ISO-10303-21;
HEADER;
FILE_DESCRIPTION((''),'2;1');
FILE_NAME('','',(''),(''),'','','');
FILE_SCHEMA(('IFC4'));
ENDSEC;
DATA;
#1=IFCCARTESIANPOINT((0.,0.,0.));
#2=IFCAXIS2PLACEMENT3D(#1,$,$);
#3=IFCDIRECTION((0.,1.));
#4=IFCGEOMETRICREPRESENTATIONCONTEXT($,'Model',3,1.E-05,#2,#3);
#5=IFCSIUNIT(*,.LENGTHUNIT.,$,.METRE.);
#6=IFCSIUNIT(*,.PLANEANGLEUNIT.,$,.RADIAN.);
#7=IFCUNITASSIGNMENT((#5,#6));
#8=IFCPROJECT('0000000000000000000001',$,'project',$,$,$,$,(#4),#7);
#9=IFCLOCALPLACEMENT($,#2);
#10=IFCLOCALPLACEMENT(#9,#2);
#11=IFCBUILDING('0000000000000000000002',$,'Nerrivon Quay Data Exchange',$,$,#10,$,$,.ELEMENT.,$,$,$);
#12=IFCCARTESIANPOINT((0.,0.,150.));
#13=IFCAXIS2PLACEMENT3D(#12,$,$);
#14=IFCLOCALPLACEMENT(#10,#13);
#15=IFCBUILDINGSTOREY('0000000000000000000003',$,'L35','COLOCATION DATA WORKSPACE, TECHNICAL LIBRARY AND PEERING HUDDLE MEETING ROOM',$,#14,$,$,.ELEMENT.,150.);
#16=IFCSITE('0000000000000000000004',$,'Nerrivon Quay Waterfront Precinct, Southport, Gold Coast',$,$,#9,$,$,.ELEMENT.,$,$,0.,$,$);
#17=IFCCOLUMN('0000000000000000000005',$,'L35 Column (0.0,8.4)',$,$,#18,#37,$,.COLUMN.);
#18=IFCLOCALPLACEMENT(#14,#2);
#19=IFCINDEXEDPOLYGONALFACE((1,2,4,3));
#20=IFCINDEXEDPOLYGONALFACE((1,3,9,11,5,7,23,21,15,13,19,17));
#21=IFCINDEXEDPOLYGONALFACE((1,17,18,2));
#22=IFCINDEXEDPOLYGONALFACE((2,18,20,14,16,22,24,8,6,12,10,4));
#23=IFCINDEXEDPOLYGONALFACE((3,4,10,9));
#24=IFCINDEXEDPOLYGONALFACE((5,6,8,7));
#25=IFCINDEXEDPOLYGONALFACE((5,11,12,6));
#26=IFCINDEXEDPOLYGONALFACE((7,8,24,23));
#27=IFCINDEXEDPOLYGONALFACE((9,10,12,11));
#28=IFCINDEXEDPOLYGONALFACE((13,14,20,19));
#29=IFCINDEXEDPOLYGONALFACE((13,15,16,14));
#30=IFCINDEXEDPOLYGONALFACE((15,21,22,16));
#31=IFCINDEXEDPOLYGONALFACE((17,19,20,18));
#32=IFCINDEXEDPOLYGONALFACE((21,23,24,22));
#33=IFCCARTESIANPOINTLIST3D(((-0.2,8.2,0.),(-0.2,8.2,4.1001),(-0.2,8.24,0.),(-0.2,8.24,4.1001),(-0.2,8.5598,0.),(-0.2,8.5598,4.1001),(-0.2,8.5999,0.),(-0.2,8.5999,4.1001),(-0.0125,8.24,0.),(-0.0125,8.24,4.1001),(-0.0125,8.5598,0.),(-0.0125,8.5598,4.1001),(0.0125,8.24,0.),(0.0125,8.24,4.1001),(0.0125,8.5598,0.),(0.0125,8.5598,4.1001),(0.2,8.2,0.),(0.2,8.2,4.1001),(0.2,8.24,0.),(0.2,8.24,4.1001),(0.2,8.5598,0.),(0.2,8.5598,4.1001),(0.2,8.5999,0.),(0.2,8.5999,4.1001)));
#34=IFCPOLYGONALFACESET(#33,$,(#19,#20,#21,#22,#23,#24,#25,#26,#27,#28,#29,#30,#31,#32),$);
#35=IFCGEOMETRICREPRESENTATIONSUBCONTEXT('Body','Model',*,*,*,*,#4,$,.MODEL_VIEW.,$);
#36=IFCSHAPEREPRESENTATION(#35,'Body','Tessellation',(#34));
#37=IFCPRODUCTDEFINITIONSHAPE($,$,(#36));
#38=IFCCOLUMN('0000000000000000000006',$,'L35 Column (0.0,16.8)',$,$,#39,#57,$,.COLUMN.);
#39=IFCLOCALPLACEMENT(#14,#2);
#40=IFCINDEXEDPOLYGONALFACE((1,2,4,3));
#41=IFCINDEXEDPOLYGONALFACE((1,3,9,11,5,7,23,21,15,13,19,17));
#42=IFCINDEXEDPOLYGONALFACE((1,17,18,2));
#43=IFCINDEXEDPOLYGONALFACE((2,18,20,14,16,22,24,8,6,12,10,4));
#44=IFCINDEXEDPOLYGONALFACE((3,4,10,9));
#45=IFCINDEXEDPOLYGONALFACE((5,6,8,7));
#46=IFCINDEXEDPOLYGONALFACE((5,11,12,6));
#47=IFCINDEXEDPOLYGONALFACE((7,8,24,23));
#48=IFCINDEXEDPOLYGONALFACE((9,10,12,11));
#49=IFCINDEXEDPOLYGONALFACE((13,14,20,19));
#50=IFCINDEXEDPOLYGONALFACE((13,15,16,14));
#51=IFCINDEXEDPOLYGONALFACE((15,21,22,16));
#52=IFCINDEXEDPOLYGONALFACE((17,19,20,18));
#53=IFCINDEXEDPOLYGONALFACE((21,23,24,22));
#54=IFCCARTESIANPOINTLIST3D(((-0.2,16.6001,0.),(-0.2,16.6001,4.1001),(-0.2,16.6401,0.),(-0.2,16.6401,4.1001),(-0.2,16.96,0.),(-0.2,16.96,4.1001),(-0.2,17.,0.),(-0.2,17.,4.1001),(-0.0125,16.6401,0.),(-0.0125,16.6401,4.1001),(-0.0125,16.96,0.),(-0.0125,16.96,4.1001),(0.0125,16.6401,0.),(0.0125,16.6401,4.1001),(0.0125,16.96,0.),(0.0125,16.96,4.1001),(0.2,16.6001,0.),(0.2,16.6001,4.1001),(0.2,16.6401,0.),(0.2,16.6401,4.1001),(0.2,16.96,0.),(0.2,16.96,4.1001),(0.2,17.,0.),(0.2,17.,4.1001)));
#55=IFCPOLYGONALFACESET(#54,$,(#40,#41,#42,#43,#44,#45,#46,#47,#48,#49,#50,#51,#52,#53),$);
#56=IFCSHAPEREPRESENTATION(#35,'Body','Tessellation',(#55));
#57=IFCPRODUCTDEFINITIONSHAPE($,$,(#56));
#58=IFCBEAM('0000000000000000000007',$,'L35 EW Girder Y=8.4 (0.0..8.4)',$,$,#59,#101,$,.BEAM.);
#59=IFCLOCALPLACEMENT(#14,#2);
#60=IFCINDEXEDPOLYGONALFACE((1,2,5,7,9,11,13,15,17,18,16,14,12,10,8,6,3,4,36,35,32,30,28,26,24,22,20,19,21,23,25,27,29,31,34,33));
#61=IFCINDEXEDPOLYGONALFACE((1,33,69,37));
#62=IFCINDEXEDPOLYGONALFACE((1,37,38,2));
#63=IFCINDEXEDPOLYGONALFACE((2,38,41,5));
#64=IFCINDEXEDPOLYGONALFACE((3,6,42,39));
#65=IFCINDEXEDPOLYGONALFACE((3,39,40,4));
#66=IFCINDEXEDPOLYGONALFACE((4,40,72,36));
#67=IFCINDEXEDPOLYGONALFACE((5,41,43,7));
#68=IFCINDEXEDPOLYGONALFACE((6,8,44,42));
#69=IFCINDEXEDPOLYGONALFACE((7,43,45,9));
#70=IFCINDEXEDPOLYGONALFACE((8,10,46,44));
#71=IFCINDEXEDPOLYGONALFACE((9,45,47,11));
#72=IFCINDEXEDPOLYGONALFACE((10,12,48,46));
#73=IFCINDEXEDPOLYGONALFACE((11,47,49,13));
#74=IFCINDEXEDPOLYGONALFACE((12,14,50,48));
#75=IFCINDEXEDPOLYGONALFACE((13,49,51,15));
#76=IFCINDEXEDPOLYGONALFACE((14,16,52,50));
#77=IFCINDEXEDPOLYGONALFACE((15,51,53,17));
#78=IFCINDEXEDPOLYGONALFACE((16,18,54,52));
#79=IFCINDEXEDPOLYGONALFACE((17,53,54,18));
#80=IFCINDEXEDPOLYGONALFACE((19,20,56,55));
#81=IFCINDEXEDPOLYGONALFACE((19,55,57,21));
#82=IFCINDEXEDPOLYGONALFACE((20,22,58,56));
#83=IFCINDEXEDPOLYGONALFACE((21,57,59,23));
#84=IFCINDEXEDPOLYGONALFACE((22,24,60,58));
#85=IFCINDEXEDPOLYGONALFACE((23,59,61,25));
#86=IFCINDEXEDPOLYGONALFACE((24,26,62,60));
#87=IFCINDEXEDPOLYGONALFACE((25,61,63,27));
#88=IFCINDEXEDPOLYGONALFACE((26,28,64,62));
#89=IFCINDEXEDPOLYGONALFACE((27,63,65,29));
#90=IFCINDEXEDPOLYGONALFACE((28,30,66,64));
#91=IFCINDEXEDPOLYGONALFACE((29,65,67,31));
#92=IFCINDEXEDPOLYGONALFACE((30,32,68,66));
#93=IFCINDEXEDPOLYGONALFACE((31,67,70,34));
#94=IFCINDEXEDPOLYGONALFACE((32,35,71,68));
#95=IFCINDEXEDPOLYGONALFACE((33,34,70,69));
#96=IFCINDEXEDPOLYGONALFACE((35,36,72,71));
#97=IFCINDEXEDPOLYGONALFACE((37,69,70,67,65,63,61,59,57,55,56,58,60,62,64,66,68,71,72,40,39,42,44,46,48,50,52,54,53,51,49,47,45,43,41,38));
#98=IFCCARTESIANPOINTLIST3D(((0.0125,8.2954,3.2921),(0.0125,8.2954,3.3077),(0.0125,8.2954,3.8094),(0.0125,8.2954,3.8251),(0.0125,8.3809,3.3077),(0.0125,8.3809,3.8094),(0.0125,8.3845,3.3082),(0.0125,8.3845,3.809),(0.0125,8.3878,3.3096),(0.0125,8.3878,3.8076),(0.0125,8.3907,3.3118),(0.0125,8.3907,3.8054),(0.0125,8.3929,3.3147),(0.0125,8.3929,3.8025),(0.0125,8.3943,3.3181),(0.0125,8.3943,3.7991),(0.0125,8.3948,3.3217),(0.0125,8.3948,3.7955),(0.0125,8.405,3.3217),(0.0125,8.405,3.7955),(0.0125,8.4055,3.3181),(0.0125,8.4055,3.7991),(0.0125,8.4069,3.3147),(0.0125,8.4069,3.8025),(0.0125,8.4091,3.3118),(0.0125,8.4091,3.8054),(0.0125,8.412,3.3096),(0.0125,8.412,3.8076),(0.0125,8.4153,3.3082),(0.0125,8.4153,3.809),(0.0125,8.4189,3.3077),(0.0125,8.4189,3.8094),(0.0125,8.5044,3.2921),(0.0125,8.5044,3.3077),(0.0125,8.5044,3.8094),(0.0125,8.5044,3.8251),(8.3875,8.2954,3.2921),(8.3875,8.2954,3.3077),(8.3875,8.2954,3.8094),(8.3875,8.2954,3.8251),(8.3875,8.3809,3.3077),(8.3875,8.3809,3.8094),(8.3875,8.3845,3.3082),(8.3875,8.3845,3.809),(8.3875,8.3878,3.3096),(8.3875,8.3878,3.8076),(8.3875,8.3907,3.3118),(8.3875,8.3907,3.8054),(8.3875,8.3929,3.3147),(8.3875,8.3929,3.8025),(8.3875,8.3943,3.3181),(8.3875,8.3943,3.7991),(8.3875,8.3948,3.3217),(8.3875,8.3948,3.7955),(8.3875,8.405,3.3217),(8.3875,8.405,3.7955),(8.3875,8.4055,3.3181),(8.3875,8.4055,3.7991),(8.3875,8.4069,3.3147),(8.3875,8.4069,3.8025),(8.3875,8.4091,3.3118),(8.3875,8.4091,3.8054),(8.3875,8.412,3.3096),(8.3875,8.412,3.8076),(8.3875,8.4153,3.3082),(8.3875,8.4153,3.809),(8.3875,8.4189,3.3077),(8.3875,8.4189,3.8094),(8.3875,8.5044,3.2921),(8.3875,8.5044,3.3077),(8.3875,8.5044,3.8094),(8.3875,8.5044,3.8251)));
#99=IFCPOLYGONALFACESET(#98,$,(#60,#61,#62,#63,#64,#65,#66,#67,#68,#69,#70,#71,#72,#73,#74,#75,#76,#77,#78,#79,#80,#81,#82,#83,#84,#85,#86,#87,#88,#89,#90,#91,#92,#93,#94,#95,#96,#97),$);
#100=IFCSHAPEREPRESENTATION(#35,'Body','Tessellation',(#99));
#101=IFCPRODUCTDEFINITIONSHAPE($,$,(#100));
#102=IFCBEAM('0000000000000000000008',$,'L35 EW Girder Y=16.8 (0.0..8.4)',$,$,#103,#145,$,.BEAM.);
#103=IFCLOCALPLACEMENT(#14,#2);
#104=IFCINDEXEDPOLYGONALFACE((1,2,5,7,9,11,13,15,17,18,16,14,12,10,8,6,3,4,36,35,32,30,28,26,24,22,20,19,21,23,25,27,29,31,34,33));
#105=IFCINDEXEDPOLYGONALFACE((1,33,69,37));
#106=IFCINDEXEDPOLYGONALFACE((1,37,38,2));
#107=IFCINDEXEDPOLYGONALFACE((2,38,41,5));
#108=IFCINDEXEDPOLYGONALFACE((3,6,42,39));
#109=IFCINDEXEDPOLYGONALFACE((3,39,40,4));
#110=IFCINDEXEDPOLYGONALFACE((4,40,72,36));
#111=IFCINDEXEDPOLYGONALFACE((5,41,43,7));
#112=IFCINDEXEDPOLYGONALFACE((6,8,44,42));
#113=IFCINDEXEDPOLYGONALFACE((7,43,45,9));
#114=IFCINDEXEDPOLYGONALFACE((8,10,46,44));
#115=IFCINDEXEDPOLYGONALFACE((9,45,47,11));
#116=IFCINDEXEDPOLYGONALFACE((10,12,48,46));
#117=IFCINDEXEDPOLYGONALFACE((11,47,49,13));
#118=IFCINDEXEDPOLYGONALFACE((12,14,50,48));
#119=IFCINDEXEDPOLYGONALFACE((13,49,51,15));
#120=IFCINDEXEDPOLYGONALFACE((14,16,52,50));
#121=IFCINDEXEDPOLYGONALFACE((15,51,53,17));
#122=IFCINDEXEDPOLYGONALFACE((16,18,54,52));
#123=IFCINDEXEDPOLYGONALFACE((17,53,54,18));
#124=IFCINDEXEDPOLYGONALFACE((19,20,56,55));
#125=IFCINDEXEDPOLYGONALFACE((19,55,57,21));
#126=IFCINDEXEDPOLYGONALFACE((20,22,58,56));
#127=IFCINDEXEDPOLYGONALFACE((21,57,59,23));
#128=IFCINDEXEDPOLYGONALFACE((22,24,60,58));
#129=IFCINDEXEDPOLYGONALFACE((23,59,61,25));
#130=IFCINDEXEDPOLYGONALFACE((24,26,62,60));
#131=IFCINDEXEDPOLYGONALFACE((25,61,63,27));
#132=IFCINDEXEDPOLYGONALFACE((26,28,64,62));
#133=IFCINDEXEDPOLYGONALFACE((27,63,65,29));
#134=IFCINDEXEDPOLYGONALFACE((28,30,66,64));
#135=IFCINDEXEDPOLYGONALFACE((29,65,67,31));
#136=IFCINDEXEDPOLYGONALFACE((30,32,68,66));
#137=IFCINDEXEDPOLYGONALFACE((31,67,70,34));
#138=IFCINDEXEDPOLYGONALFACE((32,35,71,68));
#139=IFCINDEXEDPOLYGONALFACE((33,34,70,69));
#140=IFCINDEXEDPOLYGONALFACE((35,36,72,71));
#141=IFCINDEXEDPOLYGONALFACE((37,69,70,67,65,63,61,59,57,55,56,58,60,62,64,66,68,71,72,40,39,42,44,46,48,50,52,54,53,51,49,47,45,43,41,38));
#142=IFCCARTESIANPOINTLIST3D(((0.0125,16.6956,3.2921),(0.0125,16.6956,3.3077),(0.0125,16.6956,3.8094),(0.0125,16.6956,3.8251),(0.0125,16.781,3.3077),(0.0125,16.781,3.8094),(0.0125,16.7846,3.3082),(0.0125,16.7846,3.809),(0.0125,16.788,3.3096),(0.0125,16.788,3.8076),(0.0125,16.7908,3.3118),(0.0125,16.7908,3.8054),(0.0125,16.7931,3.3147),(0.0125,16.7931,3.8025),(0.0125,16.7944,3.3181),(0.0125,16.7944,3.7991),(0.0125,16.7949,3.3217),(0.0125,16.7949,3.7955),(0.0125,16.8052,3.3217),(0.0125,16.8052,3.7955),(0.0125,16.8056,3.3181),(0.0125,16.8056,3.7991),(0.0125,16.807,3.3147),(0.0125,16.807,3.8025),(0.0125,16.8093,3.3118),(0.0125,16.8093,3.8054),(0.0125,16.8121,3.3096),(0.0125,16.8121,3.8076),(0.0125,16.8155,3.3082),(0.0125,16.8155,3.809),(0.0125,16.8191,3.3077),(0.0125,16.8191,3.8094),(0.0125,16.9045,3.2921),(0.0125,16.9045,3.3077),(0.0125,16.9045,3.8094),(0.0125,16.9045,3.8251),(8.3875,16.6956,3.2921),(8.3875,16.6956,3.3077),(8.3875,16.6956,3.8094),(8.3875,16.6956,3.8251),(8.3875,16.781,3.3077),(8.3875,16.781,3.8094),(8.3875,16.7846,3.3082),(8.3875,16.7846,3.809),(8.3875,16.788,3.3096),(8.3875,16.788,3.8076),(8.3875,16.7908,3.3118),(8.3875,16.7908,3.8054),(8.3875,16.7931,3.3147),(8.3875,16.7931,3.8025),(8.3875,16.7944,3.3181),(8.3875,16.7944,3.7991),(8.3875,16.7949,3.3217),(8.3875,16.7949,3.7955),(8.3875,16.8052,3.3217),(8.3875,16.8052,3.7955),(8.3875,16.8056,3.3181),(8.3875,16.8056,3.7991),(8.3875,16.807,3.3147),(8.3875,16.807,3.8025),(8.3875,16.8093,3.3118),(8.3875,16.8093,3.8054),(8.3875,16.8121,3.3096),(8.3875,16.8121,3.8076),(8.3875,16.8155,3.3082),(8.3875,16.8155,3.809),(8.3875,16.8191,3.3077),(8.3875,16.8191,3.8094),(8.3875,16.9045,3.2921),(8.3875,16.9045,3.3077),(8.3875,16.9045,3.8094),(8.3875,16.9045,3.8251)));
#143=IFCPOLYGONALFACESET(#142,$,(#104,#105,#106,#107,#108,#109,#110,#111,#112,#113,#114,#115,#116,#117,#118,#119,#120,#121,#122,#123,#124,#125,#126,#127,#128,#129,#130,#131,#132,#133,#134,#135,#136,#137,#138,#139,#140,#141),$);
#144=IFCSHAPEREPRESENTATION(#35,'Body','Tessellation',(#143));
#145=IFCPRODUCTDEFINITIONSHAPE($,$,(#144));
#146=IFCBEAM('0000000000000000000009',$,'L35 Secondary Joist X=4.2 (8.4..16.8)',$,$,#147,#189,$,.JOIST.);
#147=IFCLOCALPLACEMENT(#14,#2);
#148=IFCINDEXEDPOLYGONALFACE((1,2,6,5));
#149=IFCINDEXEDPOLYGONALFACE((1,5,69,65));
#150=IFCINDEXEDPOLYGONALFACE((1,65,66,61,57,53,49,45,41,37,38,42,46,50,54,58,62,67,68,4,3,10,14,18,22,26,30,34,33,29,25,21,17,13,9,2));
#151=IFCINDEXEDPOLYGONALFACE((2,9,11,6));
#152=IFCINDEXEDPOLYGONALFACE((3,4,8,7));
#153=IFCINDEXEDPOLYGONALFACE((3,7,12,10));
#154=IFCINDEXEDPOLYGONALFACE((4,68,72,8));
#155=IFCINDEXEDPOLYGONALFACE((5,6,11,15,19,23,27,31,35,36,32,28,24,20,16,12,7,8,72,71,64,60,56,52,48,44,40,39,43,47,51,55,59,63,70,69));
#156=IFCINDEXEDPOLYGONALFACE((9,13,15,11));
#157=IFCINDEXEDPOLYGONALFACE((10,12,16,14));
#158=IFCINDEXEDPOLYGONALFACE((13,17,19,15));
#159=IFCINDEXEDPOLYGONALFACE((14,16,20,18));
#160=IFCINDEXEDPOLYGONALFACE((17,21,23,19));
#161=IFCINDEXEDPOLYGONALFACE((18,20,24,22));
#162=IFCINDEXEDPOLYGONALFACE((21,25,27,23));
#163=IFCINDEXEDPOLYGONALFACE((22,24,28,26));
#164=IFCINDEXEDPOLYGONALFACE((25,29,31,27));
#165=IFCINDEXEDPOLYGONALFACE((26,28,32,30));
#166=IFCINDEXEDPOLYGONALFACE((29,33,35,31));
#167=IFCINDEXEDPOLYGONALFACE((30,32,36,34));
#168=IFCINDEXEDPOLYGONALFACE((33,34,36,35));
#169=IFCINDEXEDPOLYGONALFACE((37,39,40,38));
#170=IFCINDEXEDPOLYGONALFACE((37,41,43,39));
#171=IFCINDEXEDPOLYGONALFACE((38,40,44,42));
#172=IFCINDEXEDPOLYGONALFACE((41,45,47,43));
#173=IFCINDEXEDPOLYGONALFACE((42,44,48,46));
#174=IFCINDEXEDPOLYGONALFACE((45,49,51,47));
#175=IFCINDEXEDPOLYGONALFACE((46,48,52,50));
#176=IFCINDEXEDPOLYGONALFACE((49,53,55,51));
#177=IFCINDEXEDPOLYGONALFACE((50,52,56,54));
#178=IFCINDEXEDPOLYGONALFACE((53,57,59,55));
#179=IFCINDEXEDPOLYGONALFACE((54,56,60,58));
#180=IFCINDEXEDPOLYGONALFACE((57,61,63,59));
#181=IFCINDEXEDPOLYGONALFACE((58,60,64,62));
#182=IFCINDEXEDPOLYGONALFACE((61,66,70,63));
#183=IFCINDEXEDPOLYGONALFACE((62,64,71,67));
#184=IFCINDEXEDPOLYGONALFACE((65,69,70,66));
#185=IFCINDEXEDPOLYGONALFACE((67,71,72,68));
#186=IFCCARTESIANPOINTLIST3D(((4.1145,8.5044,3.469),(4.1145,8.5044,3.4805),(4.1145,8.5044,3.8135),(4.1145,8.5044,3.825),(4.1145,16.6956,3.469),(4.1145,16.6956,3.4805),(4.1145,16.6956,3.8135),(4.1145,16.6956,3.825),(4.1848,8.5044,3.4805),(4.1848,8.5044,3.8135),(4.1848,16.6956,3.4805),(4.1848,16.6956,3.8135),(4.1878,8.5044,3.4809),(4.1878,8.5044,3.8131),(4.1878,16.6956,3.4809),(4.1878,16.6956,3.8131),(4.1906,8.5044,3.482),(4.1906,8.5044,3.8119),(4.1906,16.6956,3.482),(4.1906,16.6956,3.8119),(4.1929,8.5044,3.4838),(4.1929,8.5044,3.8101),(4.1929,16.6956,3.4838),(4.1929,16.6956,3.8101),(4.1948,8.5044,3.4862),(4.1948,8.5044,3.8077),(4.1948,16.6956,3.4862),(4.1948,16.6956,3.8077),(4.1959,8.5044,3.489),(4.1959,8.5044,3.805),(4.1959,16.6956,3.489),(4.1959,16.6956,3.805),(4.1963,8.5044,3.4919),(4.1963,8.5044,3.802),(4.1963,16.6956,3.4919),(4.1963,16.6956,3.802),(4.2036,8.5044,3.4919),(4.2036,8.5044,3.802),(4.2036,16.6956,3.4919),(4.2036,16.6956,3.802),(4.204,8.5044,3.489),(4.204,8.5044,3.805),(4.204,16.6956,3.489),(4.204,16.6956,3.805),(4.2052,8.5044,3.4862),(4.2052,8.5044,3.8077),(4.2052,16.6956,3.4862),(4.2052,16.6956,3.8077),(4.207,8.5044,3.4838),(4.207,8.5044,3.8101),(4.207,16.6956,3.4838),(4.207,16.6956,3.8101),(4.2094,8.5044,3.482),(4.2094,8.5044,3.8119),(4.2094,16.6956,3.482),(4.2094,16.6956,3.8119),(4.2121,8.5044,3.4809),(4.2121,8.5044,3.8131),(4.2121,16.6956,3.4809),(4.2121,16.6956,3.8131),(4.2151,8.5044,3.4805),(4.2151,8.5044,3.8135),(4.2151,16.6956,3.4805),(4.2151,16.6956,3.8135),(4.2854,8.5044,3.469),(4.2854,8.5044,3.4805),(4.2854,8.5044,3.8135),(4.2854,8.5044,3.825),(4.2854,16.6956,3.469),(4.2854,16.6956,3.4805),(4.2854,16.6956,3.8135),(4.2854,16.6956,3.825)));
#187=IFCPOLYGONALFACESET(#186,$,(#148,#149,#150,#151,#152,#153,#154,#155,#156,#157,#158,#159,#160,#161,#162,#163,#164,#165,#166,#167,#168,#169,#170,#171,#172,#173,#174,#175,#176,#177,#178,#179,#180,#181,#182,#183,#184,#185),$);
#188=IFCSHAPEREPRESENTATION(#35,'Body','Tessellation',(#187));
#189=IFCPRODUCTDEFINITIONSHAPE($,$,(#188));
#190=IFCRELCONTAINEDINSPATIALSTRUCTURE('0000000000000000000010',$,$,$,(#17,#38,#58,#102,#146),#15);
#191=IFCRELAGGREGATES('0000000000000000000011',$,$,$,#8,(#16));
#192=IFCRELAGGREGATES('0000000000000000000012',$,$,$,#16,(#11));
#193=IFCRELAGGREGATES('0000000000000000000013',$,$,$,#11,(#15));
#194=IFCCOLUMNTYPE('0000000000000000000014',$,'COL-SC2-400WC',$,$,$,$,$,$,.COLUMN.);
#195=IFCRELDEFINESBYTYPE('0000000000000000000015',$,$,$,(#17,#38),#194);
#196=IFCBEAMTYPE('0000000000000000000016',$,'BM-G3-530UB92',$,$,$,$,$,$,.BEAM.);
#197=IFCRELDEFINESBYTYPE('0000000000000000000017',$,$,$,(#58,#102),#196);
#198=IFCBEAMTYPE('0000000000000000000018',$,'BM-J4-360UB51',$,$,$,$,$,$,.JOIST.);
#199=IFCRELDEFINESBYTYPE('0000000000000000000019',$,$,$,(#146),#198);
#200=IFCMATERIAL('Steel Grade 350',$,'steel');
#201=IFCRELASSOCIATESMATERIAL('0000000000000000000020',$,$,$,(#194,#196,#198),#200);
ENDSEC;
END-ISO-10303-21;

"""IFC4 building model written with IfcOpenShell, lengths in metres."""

from ifc_helpers import new_model, si_unit, direction, frame, origin, origin_2d, place, context, subcontext, project, spatial, i_section, extrude, material, material_profile, profile_set, type_object, element, save


model = new_model("IFC4")

# Units and contexts
model_context = context("Model", 3, precision=1e-05, world=origin(), true_north=direction((0.0, 1.0)))
body_context = subcontext(model_context, "Body", "Model", "MODEL_VIEW")
ifc_project = project(units=[si_unit("LENGTHUNIT", "METRE"), si_unit("PLANEANGLEUNIT", "RADIAN")], contexts=[model_context])

# Site, building, storey
site_placement = place(None, origin())
site = spatial("IfcSite", under=ifc_project, at=site_placement, Name="Nerrivon Quay Waterfront Precinct, Southport, Gold Coast", CompositionType="ELEMENT", RefElevation=0.0)
building_placement = place(site_placement, origin())
building = spatial("IfcBuilding", under=site, at=building_placement, Name="Nerrivon Quay Data Exchange", CompositionType="ELEMENT")
storey_placement = place(building_placement, frame((0.0, 0.0, 150.0)))
storey = spatial("IfcBuildingStorey", under=building, at=storey_placement, Name="L35", Description="COLOCATION DATA WORKSPACE, TECHNICAL LIBRARY AND PEERING HUDDLE MEETING ROOM", CompositionType="ELEMENT", Elevation=150.0)

# Columns
ifc_material_1 = material(Name="Steel Grade 350", Category="steel")
ifc_material_profile_1 = material_profile(ifc_material_1, i_section(OverallWidth=0.3999, OverallDepth=0.3999, WebThickness=0.0249, FlangeThickness=0.04, at=origin_2d()), Name="400WC328")
ifc_profile_set_1 = profile_set([ifc_material_profile_1], Name="Steel Grade 350")
column_type = type_object("IfcColumnType", Name="COL-SC2-400WC", PredefinedType="COLUMN", material=ifc_profile_set_1)
for number, where, z_axis, x_axis, name in (
    (1, (0.0, 8.3999, 0.0), (0.0, 0.0, 1.0), (1.0, 0.0, 0.0), "L35 Column (0.0,8.4)"),
    (2, (0.0, 16.8, 0.0), (0.0, 0.0, 1.0), (1.0, 0.0, 0.0), "L35 Column (0.0,16.8)"),
):
    element("IfcColumn", number, at=place(storey_placement, frame(where, z_axis=z_axis, x_axis=x_axis)), inside=storey, type_object=column_type, Name=name, PredefinedType="COLUMN", context=body_context, shape_type="SweptSolid", body=[
        extrude(i_section(OverallWidth=0.3999, OverallDepth=0.3999, WebThickness=0.0249, FlangeThickness=0.04, at=origin_2d()), origin(), (0.0, 0.0, 1.0), 4.1001),
    ])

# Beams
ifc_material_profile_2 = material_profile(ifc_material_1, i_section(OverallWidth=0.209, OverallDepth=0.533, WebThickness=0.0103, FlangeThickness=0.0156, FilletRadius=0.0139, at=origin_2d()), Name="530UB92.4")
ifc_profile_set_2 = profile_set([ifc_material_profile_2], Name="Steel Grade 350")
beam_type_1 = type_object("IfcBeamType", Name="BM-G3-530UB92", PredefinedType="BEAM", material=ifc_profile_set_2)
for number, where, z_axis, x_axis, name in (
    (3, (0.0125, 8.3999, 3.5586), (1.0, 0.0, 0.0), (0.0, 1.0, 0.0), "L35 EW Girder Y=8.4 (0.0..8.4)"),
    (4, (0.0125, 16.8, 3.5586), (1.0, 0.0, 0.0), (0.0, 1.0, 0.0), "L35 EW Girder Y=16.8 (0.0..8.4)"),
):
    element("IfcBeam", number, at=place(storey_placement, frame(where, z_axis=z_axis, x_axis=x_axis)), inside=storey, type_object=beam_type_1, Name=name, PredefinedType="BEAM", context=body_context, shape_type="SweptSolid", body=[
        extrude(i_section(OverallWidth=0.209, OverallDepth=0.533, WebThickness=0.0103, FlangeThickness=0.0156, FilletRadius=0.0139, at=origin_2d()), origin(), (0.0, 0.0, 1.0), 8.375),
    ])
ifc_material_profile_3 = material_profile(ifc_material_1, i_section(OverallWidth=0.1709, OverallDepth=0.356, WebThickness=0.0073, FlangeThickness=0.0115, FilletRadius=0.0115, at=origin_2d()), Name="360UB50.7")
ifc_profile_set_3 = profile_set([ifc_material_profile_3], Name="Steel Grade 350")
beam_type_2 = type_object("IfcBeamType", Name="BM-J4-360UB51", PredefinedType="JOIST", material=ifc_profile_set_3)
beam_1_placement = place(storey_placement, frame((4.2, 8.5044, 3.647), z_axis=(0.0, 1.0, 0.0), x_axis=(-1.0, 0.0, 0.0)))
element("IfcBeam", 5, at=beam_1_placement, inside=storey, type_object=beam_type_2, Name="L35 Secondary Joist X=4.2 (8.4..16.8)", PredefinedType="JOIST", context=body_context, shape_type="SweptSolid", body=[
    extrude(i_section(OverallWidth=0.1709, OverallDepth=0.356, WebThickness=0.0073, FlangeThickness=0.0115, FilletRadius=0.0115, at=origin_2d()), origin(), (0.0, 0.0, 1.0), 8.1912),
])

save(model, "model.ifc")
